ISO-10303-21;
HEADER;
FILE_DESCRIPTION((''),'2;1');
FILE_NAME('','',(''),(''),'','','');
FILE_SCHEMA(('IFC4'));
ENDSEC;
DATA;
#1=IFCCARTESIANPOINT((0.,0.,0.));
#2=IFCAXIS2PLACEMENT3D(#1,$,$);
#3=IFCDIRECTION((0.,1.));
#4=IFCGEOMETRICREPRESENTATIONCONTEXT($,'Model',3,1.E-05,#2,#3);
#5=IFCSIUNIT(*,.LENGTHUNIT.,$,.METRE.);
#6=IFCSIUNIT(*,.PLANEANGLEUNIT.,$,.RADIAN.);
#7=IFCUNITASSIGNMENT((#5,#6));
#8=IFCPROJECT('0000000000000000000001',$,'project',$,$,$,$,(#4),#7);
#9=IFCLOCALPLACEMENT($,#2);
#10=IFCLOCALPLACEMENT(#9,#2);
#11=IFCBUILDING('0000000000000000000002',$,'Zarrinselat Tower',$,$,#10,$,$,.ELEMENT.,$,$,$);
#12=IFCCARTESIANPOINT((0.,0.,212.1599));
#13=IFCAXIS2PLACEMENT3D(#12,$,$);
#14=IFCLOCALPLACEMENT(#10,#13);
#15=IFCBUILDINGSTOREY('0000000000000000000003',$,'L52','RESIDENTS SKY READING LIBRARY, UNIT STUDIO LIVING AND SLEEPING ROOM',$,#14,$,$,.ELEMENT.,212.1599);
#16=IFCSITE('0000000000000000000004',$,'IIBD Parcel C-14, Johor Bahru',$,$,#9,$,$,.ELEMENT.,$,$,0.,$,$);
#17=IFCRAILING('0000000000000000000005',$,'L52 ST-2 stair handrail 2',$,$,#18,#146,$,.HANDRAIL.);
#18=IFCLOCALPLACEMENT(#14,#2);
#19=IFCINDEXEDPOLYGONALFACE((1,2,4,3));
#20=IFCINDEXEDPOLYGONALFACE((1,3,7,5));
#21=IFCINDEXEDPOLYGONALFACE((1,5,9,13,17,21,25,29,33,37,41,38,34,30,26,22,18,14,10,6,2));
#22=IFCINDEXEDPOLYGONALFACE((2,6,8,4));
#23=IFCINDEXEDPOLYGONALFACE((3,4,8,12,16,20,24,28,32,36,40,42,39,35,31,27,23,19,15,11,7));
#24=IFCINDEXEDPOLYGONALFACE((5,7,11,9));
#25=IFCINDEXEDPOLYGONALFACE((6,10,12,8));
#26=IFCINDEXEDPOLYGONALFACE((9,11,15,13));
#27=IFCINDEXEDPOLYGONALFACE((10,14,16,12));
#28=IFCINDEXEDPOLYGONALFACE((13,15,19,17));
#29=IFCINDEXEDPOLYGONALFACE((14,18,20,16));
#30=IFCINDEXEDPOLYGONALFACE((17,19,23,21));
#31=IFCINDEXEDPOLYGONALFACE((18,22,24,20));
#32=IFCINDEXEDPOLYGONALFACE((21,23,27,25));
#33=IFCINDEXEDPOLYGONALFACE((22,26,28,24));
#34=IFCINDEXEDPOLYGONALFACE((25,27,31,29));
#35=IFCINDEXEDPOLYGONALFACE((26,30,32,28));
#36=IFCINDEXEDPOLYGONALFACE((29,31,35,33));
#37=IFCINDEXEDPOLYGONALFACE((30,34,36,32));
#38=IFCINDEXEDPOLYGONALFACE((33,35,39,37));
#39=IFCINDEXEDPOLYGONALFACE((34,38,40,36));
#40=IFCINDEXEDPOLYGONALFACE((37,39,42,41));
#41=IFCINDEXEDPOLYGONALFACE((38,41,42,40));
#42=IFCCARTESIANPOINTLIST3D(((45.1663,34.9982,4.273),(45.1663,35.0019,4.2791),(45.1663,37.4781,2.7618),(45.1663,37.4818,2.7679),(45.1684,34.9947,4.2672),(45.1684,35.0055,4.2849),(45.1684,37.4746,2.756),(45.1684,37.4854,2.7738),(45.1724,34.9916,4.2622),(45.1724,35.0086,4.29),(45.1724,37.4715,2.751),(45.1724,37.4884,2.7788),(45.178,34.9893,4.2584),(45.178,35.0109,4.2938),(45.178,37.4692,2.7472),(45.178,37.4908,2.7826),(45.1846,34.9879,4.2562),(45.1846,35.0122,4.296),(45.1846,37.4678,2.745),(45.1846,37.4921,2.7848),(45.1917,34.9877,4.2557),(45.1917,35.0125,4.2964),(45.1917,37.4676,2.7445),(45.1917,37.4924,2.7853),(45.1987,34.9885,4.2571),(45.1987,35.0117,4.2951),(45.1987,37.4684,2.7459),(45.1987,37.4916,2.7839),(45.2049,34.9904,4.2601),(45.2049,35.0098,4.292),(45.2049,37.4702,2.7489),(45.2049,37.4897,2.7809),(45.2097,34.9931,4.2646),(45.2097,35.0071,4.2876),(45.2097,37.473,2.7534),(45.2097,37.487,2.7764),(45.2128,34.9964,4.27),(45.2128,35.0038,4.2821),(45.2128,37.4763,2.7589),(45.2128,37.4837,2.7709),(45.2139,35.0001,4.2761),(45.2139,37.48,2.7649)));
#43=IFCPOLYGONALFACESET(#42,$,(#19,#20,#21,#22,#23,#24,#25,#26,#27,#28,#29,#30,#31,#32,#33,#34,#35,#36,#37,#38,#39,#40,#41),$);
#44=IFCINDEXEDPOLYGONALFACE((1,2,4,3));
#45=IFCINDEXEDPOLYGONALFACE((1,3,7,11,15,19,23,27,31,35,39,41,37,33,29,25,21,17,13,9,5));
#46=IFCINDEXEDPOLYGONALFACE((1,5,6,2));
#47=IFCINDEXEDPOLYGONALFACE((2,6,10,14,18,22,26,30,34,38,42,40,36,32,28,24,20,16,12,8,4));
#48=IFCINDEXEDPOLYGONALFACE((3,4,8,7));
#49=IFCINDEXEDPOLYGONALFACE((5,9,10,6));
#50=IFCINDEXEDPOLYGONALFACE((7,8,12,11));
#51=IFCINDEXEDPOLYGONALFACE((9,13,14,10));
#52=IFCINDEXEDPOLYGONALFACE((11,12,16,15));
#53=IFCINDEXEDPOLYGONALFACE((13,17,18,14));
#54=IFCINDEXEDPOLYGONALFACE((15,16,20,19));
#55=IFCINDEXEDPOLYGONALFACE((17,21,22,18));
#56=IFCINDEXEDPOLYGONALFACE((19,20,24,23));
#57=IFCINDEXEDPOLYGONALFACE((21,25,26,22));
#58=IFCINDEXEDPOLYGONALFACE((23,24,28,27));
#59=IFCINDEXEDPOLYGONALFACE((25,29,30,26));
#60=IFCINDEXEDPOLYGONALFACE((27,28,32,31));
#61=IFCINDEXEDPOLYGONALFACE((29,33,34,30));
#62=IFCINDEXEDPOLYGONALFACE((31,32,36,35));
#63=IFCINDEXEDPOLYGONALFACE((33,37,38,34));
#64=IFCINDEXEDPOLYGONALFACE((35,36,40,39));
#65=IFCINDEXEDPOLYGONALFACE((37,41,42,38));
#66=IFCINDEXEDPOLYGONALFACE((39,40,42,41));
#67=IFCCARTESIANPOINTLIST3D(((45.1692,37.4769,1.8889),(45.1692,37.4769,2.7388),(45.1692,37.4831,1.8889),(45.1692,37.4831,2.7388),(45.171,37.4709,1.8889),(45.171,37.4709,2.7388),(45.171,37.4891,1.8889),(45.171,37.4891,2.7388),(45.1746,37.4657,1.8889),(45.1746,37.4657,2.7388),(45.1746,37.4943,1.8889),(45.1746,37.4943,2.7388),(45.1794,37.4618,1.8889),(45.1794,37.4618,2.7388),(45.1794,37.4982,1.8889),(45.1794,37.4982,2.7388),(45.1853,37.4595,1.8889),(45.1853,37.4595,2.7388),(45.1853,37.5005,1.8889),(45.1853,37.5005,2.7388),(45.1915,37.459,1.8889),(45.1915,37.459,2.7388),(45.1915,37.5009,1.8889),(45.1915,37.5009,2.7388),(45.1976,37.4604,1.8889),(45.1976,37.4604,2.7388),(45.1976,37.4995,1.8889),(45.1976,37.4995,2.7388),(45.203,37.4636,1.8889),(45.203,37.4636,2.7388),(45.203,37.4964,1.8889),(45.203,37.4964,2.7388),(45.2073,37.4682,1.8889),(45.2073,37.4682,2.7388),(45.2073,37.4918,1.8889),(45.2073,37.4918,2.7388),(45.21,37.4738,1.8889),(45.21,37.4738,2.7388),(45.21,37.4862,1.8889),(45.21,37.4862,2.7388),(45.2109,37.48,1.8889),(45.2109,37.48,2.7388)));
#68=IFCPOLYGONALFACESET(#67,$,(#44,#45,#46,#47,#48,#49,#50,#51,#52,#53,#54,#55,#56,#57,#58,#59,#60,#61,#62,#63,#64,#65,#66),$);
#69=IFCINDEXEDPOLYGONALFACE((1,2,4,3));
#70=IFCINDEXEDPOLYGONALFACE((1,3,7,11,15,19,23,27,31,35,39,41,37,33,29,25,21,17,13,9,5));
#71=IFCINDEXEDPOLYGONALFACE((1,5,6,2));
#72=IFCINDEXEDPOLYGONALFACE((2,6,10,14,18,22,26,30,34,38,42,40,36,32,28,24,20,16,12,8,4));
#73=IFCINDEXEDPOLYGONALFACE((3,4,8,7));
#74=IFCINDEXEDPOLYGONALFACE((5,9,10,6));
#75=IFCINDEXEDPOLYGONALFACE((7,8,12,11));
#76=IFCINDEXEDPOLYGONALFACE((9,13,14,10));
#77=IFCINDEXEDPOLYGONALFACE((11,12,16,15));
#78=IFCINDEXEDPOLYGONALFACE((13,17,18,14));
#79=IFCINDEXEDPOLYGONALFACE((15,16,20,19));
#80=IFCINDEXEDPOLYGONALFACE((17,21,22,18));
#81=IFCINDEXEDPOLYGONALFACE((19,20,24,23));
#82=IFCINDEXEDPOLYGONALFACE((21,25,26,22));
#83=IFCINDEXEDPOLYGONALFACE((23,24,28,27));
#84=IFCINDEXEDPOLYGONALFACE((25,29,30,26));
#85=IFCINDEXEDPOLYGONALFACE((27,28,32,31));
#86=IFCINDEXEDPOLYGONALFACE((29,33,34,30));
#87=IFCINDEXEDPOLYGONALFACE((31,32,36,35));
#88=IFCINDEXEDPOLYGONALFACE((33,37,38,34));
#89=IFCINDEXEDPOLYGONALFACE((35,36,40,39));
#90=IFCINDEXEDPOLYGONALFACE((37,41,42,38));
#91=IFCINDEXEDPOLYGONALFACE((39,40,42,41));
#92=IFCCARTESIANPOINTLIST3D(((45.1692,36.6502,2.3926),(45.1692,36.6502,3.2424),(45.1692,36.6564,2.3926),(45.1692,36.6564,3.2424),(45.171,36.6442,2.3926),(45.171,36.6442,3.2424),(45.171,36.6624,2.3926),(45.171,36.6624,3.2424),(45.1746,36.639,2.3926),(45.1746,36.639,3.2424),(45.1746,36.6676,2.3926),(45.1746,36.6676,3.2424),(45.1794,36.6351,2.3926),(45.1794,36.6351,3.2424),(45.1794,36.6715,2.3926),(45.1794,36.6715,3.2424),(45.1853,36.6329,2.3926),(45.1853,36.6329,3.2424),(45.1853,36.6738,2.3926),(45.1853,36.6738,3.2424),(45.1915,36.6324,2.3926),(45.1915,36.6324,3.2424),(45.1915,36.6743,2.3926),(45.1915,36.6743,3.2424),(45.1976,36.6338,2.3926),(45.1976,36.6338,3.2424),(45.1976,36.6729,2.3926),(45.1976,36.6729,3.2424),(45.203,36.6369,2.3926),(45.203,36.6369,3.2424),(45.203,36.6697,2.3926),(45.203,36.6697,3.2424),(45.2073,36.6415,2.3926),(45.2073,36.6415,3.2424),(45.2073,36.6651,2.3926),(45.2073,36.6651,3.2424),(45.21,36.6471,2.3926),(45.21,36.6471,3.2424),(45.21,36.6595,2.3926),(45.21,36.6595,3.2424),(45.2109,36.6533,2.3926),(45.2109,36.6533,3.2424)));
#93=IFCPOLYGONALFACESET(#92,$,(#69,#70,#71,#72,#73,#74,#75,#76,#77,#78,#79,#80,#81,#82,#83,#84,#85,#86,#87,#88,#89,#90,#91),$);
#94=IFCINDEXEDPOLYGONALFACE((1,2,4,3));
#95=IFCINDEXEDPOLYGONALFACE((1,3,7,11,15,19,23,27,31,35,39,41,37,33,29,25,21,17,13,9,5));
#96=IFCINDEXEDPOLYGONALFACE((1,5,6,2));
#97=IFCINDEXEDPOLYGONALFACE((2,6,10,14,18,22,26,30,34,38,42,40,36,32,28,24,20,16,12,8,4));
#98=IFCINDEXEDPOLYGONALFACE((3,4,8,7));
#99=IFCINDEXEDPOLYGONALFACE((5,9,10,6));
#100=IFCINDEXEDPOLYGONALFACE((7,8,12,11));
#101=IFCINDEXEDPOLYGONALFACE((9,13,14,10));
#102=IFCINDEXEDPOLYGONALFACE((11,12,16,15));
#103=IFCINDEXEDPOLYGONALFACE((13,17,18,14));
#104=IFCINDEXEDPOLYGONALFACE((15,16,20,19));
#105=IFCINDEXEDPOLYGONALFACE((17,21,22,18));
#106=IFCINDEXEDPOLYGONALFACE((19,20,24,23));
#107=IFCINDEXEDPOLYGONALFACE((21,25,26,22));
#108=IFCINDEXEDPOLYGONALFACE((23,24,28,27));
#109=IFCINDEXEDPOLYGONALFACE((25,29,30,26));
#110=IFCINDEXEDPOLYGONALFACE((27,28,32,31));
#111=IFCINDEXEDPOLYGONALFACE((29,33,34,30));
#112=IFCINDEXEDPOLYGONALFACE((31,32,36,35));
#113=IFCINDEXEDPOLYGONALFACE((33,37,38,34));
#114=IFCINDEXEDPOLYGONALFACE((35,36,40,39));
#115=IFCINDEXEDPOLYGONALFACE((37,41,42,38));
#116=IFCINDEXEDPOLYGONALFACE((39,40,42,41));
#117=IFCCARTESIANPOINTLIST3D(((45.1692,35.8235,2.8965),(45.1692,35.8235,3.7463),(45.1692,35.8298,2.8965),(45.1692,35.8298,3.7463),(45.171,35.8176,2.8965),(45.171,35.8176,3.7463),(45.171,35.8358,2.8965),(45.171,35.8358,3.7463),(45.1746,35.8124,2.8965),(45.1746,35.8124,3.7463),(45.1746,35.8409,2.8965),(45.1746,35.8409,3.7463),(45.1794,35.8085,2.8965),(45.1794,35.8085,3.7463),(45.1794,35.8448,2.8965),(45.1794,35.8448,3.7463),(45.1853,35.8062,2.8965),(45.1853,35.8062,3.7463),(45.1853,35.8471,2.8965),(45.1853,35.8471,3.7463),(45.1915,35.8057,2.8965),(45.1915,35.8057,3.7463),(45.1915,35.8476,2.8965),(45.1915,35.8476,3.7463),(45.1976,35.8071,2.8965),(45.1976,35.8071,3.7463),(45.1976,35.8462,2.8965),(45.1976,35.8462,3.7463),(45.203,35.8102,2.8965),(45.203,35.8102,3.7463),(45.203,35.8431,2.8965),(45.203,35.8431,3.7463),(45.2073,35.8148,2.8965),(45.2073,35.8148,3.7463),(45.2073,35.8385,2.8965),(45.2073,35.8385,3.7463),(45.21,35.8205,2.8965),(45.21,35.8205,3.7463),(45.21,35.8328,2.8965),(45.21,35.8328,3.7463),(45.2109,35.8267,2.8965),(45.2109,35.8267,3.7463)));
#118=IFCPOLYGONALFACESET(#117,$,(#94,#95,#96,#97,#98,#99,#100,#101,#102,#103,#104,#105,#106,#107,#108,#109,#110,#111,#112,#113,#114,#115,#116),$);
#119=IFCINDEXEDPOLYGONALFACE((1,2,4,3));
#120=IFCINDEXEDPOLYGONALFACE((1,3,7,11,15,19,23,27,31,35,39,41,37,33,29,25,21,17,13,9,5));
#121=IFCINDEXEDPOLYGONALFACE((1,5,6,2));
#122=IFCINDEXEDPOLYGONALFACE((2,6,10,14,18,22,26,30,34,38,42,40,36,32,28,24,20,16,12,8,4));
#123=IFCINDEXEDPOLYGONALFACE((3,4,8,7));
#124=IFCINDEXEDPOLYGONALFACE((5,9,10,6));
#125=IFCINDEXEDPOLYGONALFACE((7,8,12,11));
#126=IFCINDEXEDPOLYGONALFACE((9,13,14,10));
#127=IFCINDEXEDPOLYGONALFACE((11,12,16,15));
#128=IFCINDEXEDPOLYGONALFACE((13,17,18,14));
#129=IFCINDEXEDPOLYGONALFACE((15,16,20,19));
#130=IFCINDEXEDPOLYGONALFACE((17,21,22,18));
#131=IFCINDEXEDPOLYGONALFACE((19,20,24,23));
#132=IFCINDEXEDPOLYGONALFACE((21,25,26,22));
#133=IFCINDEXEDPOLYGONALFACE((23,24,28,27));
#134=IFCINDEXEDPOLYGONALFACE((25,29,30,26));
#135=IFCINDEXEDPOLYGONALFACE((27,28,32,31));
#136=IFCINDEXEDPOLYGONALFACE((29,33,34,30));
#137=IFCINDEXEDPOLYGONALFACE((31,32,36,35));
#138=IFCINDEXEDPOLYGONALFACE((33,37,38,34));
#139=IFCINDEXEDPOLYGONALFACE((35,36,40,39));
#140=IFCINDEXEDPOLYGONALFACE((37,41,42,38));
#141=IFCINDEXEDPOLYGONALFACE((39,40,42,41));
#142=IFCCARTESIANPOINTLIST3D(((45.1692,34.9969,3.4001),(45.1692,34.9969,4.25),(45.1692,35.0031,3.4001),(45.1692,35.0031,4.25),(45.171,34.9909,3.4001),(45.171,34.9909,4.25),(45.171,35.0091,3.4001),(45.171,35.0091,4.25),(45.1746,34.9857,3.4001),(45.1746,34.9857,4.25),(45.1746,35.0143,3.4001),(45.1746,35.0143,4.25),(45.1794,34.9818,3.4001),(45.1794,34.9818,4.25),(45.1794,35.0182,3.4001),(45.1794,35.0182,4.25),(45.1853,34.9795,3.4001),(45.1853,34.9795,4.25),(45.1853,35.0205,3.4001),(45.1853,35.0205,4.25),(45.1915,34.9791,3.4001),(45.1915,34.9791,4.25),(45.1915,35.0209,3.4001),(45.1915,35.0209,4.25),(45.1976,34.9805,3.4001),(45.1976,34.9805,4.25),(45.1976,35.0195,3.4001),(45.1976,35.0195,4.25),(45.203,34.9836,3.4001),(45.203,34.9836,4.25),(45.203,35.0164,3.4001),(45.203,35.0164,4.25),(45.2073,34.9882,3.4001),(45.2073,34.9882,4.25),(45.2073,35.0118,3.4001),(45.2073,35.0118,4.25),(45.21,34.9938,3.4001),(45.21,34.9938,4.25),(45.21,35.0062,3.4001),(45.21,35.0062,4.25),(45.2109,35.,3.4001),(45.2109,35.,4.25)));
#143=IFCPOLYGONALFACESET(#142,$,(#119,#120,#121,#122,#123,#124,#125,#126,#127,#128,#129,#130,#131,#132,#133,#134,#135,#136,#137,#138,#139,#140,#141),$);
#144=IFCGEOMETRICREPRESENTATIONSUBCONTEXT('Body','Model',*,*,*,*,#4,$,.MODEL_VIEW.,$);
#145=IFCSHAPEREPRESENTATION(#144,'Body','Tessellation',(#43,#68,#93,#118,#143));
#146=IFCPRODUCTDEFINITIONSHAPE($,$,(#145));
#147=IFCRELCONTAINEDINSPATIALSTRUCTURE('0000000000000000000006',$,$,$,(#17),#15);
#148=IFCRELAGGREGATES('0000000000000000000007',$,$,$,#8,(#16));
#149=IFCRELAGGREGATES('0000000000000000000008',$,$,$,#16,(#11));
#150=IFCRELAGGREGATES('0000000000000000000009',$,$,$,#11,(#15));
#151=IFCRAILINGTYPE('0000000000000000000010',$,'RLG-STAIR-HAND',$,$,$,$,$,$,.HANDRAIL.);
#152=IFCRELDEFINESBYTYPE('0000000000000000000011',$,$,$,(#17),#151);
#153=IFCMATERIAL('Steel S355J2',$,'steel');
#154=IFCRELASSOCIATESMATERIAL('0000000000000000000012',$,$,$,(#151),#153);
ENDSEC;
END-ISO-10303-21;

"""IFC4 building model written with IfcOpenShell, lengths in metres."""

from ifc_helpers import new_model, si_unit, direction, frame, origin, origin_2d, place, context, subcontext, project, spatial, circle, extrude, material, type_object, element, save


model = new_model("IFC4")

# Units and contexts
model_context = context("Model", 3, precision=1e-05, world=origin(), true_north=direction((0.0, 1.0)))
body_context = subcontext(model_context, "Body", "Model", "MODEL_VIEW")
ifc_project = project(units=[si_unit("LENGTHUNIT", "METRE"), si_unit("PLANEANGLEUNIT", "RADIAN")], contexts=[model_context])

# Site, building, storey
site_placement = place(None, origin())
site = spatial("IfcSite", under=ifc_project, at=site_placement, Name="IIBD Parcel C-14, Johor Bahru", CompositionType="ELEMENT", RefElevation=0.0)
building_placement = place(site_placement, origin())
building = spatial("IfcBuilding", under=site, at=building_placement, Name="Zarrinselat Tower", CompositionType="ELEMENT")
storey_placement = place(building_placement, frame((0.0, 0.0, 212.1599)))
storey = spatial("IfcBuildingStorey", under=building, at=storey_placement, Name="L52", Description="RESIDENTS SKY READING LIBRARY, UNIT STUDIO LIVING AND SLEEPING ROOM", CompositionType="ELEMENT", Elevation=212.1599)

# Railing
ifc_material_1 = material(Name="Steel S355J2", Category="steel")
railing_type = type_object("IfcRailingType", Name="RLG-STAIR-HAND", PredefinedType="HANDRAIL", material=ifc_material_1)
railing_placement = place(storey_placement, frame((45.1899, 37.48, 1.8889)))
element("IfcRailing", 1, at=railing_placement, inside=storey, type_object=railing_type, Name="L52 ST-2 stair handrail 2", PredefinedType="HANDRAIL", context=body_context, shape_type="SweptSolid", body=[
    extrude(circle(Radius=0.0239, at=origin_2d()), frame((0.0, 0.0, 0.876), z_axis=(0.0, -0.853942, 0.520368), x_axis=(1.0, 0.0, 0.0)), (0.0, 0.0, 1.0), 2.9041),
    extrude(circle(Radius=0.021, at=origin_2d()), origin(), (0.0, 0.0, 1.0), 0.8499),
    extrude(circle(Radius=0.021, at=origin_2d()), frame((0.0, -0.8267, 0.5037)), (0.0, 0.0, 1.0), 0.8499),
    extrude(circle(Radius=0.021, at=origin_2d()), frame((0.0, -1.6533, 1.0076)), (0.0, 0.0, 1.0), 0.8499),
    extrude(circle(Radius=0.021, at=origin_2d()), frame((0.0, -2.48, 1.5112)), (0.0, 0.0, 1.0), 0.8499),
])

save(model, "model.ifc")
